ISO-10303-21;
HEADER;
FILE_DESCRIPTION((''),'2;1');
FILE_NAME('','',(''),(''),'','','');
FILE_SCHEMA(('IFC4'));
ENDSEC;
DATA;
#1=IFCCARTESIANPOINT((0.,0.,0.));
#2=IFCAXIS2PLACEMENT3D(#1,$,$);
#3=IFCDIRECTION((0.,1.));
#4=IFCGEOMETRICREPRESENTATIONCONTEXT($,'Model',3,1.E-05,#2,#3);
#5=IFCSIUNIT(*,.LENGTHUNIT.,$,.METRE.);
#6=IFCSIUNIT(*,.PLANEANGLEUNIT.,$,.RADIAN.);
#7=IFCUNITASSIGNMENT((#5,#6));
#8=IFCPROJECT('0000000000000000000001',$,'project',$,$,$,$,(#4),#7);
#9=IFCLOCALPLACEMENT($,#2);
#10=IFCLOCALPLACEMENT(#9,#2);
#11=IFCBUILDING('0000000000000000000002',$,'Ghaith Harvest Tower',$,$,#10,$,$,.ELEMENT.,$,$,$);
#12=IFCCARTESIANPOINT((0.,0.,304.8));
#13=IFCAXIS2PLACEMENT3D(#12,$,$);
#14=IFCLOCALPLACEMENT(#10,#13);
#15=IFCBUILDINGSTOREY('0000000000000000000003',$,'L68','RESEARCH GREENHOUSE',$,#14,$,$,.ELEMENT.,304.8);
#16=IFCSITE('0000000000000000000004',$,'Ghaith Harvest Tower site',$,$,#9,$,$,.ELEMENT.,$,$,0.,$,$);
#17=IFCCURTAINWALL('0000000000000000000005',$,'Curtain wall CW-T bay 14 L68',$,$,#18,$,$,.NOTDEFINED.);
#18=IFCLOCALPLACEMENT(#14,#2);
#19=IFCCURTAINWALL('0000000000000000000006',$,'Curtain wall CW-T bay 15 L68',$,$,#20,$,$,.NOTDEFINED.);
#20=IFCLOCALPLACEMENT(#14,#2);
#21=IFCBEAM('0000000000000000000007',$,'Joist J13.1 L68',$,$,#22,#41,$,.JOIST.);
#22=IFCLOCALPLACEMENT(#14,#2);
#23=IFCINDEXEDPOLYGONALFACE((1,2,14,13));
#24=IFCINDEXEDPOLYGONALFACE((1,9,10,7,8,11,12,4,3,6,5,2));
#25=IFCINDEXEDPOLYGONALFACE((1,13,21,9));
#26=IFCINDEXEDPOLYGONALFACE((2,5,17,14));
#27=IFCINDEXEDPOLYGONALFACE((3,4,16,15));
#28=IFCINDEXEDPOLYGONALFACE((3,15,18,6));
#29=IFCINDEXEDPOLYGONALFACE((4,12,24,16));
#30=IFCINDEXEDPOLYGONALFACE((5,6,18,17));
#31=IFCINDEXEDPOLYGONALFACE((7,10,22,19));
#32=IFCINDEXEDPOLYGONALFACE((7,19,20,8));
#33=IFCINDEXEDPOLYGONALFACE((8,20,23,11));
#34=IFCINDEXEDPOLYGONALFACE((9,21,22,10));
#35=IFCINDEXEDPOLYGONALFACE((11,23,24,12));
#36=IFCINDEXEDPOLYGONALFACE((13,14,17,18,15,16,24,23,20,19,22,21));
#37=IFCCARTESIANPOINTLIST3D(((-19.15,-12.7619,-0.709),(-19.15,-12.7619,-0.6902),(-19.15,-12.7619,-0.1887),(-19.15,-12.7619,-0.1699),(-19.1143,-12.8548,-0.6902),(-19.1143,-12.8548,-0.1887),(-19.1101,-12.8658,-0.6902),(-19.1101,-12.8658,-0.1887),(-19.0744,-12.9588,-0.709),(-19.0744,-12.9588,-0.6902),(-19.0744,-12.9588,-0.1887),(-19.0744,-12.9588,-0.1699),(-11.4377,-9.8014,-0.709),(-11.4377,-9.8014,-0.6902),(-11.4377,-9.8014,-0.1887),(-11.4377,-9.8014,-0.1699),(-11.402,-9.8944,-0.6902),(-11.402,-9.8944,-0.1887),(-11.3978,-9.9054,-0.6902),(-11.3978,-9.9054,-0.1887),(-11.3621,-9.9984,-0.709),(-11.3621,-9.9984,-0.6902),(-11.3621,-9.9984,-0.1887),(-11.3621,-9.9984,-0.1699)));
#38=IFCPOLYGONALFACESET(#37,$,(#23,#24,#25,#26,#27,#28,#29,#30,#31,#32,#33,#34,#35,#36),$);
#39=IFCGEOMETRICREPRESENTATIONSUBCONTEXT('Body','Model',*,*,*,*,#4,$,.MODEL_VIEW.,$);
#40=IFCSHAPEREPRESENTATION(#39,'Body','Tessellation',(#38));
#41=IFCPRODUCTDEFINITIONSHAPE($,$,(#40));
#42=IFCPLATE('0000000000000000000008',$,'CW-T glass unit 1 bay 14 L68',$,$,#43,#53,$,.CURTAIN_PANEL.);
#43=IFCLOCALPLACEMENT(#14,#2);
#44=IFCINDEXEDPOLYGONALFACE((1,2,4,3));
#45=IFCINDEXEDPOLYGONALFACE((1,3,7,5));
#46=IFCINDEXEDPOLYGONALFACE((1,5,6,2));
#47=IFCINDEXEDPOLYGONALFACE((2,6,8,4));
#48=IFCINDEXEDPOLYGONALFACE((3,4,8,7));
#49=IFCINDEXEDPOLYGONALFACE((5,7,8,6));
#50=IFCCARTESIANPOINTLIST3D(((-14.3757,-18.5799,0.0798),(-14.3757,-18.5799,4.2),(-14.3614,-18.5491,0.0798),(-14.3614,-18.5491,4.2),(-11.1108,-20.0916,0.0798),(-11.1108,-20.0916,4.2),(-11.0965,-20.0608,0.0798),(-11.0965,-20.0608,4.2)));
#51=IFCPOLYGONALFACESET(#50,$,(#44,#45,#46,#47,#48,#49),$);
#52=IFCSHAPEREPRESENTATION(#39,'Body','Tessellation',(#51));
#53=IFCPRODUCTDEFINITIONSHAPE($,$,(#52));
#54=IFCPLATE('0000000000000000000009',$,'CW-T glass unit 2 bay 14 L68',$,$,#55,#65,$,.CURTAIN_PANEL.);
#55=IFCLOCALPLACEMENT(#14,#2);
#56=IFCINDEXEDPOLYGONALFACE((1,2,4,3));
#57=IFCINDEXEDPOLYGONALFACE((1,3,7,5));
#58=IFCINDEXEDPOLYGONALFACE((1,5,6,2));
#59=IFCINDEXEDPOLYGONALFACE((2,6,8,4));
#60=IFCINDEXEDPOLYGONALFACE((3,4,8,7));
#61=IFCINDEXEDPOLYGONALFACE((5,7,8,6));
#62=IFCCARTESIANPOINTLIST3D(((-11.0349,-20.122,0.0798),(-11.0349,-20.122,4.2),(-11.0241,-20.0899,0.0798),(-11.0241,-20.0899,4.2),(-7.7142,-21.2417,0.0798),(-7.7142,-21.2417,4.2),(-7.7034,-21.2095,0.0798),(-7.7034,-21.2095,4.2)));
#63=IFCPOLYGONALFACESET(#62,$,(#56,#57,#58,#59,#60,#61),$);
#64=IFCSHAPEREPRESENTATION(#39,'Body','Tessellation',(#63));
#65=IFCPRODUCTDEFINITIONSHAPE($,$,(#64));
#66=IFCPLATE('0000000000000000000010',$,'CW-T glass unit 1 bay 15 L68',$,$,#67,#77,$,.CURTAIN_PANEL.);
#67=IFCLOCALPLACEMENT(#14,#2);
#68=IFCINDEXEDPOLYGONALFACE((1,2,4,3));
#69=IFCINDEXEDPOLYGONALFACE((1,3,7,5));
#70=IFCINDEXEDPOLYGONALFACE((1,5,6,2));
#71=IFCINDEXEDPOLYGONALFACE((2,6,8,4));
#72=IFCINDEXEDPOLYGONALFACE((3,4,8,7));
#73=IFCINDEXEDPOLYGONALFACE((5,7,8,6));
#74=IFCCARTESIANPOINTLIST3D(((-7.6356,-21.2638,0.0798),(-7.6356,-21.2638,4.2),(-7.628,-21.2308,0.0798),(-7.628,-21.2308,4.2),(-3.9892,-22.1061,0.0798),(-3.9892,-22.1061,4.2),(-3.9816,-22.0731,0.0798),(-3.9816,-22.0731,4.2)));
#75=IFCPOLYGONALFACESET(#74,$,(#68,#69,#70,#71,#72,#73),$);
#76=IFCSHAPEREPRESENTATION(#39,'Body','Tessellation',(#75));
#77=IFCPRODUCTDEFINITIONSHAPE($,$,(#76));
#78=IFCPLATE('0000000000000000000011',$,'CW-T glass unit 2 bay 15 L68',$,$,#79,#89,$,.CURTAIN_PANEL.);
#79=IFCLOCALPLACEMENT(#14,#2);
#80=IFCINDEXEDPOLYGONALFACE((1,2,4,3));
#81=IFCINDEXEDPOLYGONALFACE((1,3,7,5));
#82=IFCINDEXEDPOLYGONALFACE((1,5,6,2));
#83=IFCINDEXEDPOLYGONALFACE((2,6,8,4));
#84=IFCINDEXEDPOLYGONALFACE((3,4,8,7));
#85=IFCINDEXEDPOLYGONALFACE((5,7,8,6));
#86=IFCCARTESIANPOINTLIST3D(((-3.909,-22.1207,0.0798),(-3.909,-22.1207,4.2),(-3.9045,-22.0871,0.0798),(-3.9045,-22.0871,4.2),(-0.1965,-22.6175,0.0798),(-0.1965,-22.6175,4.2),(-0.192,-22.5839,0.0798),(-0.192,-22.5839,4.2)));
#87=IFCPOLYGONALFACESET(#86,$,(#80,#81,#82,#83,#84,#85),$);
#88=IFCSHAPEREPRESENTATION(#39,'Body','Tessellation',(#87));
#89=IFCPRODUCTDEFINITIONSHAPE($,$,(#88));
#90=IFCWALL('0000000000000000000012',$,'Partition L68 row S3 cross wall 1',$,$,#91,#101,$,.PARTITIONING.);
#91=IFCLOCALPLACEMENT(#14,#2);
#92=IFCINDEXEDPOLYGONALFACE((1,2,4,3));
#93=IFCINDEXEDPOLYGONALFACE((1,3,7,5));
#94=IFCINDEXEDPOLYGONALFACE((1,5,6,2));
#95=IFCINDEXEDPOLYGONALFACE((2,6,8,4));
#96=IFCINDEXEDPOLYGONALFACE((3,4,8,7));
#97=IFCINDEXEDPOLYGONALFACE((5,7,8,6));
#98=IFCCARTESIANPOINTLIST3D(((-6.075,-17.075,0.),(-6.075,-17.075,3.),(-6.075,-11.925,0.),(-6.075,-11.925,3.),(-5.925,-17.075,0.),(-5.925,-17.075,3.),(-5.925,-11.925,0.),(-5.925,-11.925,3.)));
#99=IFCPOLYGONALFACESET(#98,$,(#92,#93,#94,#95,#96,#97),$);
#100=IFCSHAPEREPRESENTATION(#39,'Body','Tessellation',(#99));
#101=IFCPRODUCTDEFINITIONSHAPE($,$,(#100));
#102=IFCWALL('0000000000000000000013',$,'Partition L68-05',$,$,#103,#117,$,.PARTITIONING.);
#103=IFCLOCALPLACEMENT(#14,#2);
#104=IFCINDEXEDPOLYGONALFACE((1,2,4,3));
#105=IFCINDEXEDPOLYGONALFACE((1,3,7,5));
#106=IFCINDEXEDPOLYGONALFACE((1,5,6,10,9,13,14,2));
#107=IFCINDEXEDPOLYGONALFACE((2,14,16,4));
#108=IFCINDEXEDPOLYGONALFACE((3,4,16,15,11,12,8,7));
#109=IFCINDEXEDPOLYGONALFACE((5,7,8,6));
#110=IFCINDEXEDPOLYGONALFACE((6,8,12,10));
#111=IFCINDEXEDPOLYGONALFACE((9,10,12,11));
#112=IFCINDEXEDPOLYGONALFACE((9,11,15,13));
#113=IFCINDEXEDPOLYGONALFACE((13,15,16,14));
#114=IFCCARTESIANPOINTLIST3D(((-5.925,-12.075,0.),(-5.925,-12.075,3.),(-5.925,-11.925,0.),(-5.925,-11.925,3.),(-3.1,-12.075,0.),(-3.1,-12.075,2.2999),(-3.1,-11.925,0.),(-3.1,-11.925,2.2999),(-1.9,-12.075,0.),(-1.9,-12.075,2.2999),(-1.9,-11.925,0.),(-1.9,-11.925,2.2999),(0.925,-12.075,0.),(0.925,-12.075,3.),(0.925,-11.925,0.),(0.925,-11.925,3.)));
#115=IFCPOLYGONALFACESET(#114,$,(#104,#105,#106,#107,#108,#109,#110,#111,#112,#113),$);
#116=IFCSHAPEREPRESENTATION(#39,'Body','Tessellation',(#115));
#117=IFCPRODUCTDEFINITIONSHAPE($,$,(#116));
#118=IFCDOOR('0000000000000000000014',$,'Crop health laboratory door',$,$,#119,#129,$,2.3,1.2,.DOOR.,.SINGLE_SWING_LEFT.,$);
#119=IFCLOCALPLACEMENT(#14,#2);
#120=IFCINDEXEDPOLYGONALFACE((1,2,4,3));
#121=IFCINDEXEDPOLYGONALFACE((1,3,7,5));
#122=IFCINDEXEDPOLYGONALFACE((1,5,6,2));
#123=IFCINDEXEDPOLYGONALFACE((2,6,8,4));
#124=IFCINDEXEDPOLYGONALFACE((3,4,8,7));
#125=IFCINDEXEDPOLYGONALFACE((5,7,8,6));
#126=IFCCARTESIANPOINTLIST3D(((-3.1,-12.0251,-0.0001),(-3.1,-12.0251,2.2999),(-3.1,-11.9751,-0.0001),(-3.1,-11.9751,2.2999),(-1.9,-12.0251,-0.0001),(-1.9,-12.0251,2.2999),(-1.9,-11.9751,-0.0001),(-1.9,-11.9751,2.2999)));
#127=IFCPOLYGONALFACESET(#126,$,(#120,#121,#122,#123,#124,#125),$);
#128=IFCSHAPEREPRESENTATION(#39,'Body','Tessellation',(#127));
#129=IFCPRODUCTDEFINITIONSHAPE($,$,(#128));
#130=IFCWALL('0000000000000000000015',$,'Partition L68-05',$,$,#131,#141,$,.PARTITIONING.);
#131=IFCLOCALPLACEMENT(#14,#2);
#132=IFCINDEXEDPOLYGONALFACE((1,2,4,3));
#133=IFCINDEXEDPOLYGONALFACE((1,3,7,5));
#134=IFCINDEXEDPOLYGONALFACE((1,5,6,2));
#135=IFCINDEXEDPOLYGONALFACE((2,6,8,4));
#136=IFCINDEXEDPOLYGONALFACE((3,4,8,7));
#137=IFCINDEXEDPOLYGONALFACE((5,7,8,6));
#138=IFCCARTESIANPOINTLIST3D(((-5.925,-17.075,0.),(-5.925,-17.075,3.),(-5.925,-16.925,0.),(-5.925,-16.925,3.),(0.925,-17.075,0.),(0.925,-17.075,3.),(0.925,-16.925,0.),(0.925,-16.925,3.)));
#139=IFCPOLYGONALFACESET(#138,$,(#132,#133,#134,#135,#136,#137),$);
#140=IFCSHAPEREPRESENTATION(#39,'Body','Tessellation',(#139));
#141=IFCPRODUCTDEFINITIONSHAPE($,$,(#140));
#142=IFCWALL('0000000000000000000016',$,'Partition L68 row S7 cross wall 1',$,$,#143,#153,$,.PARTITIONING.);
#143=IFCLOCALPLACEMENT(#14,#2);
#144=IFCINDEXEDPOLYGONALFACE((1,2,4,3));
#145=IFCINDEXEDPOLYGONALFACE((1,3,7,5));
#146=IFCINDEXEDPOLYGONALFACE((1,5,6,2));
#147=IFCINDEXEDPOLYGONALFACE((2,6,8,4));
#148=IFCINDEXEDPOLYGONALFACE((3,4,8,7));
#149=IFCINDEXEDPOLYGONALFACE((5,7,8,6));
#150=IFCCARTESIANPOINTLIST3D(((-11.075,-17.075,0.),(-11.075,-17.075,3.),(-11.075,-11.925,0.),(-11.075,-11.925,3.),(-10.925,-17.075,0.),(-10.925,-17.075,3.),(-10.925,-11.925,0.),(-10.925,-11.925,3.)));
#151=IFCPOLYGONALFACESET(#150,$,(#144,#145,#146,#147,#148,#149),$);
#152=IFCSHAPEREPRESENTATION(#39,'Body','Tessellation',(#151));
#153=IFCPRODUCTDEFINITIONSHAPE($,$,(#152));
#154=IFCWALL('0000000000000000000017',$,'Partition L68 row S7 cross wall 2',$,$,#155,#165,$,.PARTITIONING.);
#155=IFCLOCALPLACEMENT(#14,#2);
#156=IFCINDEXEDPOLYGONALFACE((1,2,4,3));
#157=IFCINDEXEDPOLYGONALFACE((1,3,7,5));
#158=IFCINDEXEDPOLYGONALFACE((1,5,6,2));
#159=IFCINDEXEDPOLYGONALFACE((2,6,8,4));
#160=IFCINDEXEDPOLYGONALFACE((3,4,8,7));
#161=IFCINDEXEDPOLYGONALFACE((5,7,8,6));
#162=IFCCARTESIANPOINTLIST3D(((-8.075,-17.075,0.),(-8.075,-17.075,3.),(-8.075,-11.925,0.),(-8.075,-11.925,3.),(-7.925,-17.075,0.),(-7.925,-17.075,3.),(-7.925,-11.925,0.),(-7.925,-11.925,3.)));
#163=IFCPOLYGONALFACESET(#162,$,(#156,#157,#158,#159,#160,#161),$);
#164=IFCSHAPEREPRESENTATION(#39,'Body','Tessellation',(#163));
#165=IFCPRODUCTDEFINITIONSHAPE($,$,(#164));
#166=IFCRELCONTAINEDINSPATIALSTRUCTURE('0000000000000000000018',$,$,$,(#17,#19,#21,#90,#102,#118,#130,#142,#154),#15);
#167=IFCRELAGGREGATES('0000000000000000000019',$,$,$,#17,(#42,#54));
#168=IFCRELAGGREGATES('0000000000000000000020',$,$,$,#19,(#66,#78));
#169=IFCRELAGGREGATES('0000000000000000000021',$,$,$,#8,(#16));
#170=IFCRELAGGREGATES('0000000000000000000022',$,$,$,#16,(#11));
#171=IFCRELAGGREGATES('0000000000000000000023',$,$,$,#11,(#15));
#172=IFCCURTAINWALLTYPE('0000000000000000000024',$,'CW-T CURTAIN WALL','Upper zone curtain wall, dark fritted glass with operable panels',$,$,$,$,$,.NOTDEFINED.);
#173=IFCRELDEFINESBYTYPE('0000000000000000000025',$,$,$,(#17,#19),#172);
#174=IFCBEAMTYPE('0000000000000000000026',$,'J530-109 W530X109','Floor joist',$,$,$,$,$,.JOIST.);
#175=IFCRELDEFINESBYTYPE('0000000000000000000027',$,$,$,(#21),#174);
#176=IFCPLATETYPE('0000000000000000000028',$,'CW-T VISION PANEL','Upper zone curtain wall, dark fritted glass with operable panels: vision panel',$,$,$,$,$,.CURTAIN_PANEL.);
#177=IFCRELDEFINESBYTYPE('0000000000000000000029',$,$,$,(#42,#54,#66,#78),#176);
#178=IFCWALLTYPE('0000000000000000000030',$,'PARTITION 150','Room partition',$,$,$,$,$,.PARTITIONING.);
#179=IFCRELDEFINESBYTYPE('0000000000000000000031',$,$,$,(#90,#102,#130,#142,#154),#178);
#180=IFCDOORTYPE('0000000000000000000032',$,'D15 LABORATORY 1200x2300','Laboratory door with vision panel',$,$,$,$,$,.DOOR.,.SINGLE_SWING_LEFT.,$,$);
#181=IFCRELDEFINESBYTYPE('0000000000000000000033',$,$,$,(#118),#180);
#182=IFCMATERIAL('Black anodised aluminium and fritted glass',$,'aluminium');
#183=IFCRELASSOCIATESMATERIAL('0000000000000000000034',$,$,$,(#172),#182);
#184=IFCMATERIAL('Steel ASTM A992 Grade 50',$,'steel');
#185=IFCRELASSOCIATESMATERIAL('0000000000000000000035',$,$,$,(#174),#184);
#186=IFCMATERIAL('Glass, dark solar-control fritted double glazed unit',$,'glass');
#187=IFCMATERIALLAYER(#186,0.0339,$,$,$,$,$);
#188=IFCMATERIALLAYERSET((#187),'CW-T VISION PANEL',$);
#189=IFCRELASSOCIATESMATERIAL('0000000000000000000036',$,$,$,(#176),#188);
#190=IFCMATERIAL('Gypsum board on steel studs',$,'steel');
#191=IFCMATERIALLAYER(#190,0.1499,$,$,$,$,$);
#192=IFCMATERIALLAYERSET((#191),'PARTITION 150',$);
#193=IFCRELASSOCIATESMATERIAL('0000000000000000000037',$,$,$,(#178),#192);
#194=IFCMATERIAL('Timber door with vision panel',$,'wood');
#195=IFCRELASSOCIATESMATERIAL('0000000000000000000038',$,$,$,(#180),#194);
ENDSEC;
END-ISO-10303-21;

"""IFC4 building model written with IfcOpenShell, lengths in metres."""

from ifc_helpers import new_model, si_unit, direction, frame, frame_2d, origin, origin_2d, place, context, subcontext, project, spatial, rectangle, i_section, extrude, material, layer, layer_set, material_profile, profile_set, type_object, element, fill, aggregate, save


model = new_model("IFC4")

# Units and contexts
model_context = context("Model", 3, precision=1e-05, world=origin(), true_north=direction((0.0, 1.0)))
body_context = subcontext(model_context, "Body", "Model", "MODEL_VIEW")
ifc_project = project(units=[si_unit("LENGTHUNIT", "METRE"), si_unit("PLANEANGLEUNIT", "RADIAN")], contexts=[model_context])

# Site, building, storey
site_placement = place(None, origin())
site = spatial("IfcSite", under=ifc_project, at=site_placement, Name="Ghaith Harvest Tower site", CompositionType="ELEMENT", RefElevation=0.0)
building_placement = place(site_placement, origin())
building = spatial("IfcBuilding", under=site, at=building_placement, Name="Ghaith Harvest Tower", CompositionType="ELEMENT")
storey_placement = place(building_placement, frame((0.0, 0.0, 304.8)))
storey = spatial("IfcBuildingStorey", under=building, at=storey_placement, Name="L68", Description="RESEARCH GREENHOUSE", CompositionType="ELEMENT", Elevation=304.8)

# Curtain wall
ifc_material_1 = material(Name="Black anodised aluminium and fritted glass", Category="aluminium")
curtain_wall_type = type_object("IfcCurtainWallType", Name="CW-T CURTAIN WALL", Description="Upper zone curtain wall, dark fritted glass with operable panels", PredefinedType="NOTDEFINED", material=ifc_material_1)
curtain_wall_1_placement = place(storey_placement, origin())
curtain_wall_1 = element("IfcCurtainWall", 1, at=curtain_wall_1_placement, inside=storey, type_object=curtain_wall_type, Name="Curtain wall CW-T bay 14 L68", PredefinedType="NOTDEFINED")

# Curtain wall
curtain_wall_2_placement = place(storey_placement, origin())
curtain_wall_2 = element("IfcCurtainWall", 2, at=curtain_wall_2_placement, inside=storey, type_object=curtain_wall_type, Name="Curtain wall CW-T bay 15 L68", PredefinedType="NOTDEFINED")

# Beam
ifc_material_2 = material(Name="Steel ASTM A992 Grade 50", Category="steel")
ifc_material_profile_1 = material_profile(ifc_material_2, i_section(OverallWidth=0.2109, OverallDepth=0.5391, WebThickness=0.0117, FlangeThickness=0.0188, at=origin_2d()), Name="W530X109")
ifc_profile_set_1 = profile_set([ifc_material_profile_1], Name="Steel ASTM A992 Grade 50")
beam_type_1 = type_object("IfcBeamType", Name="J530-109 W530X109", Description="Floor joist", PredefinedType="JOIST", material=ifc_profile_set_1)
beam_1_placement = place(storey_placement, frame((-11.3999, -9.8999, -0.4395), z_axis=(-0.933583, -0.358361, 0.0), x_axis=(0.358361, -0.933583, 0.0)))
element("IfcBeam", 3, at=beam_1_placement, inside=storey, type_object=beam_type_1, Name="Joist J13.1 L68", PredefinedType="JOIST", context=body_context, shape_type="SweptSolid", body=[
    extrude(i_section(OverallWidth=0.2109, OverallDepth=0.5391, WebThickness=0.0117, FlangeThickness=0.0188, at=origin_2d()), origin(), (0.0, 0.0, 1.0), 8.261),
])

# Plates
ifc_material_3 = material(Name="Glass, dark solar-control fritted double glazed unit", Category="glass")
ifc_layer_1 = layer(ifc_material_3, 0.0339)
ifc_layer_set_1 = layer_set([ifc_layer_1], Name="CW-T VISION PANEL")
plate_type = type_object("IfcPlateType", Name="CW-T VISION PANEL", Description="Upper zone curtain wall, dark fritted glass with operable panels: vision panel", PredefinedType="CURTAIN_PANEL", material=ifc_layer_set_1)
plate_1_placement = place(storey_placement, frame((-12.7361, -19.3203, 0.0798), z_axis=(0.0, 0.0, 1.0), x_axis=(0.90745, -0.42016, 0.0)))
plate_1 = element("IfcPlate", 4, at=plate_1_placement, type_object=plate_type, Name="CW-T glass unit 1 bay 14 L68", PredefinedType="CURTAIN_PANEL", context=body_context, shape_type="SweptSolid", body=[
    extrude(rectangle(XDim=3.5979, YDim=0.0339, at=origin_2d()), origin(), (0.0, 0.0, 1.0), 4.1201),
])
plate_2_placement = place(storey_placement, frame((-9.3691, -20.6658, 0.0798), z_axis=(0.0, 0.0, 1.0), x_axis=(0.947586, -0.3195, 0.0)))
plate_2 = element("IfcPlate", 5, at=plate_2_placement, type_object=plate_type, Name="CW-T glass unit 2 bay 14 L68", PredefinedType="CURTAIN_PANEL", context=body_context, shape_type="SweptSolid", body=[
    extrude(rectangle(XDim=3.5044, YDim=0.0339, at=origin_2d()), origin(), (0.0, 0.0, 1.0), 4.1201),
])
aggregate(curtain_wall_1, [plate_1, plate_2])
plate_3_placement = place(storey_placement, frame((-5.8086, -21.6685, 0.0798), z_axis=(0.0, 0.0, 1.0), x_axis=(0.974342, -0.225072, 0.0)))
plate_3 = element("IfcPlate", 6, at=plate_3_placement, type_object=plate_type, Name="CW-T glass unit 1 bay 15 L68", PredefinedType="CURTAIN_PANEL", context=body_context, shape_type="SweptSolid", body=[
    extrude(rectangle(XDim=3.7424, YDim=0.0339, at=origin_2d()), origin(), (0.0, 0.0, 1.0), 4.1201),
])
plate_4_placement = place(storey_placement, frame((-2.0505, -22.3523, 0.0798), z_axis=(0.0, 0.0, 1.0), x_axis=(0.991165, -0.132633, 0.0)))
plate_4 = element("IfcPlate", 7, at=plate_4_placement, type_object=plate_type, Name="CW-T glass unit 2 bay 15 L68", PredefinedType="CURTAIN_PANEL", context=body_context, shape_type="SweptSolid", body=[
    extrude(rectangle(XDim=3.7456, YDim=0.0339, at=origin_2d()), origin(), (0.0, 0.0, 1.0), 4.1201),
])
aggregate(curtain_wall_2, [plate_3, plate_4])

# Wall
ifc_material_4 = material(Name="Gypsum board on steel studs", Category="steel")
ifc_layer_2 = layer(ifc_material_4, 0.1499)
ifc_layer_set_2 = layer_set([ifc_layer_2], Name="PARTITION 150")
wall_type = type_object("IfcWallType", Name="PARTITION 150", Description="Room partition", PredefinedType="PARTITIONING", material=ifc_layer_set_2)
wall_1_placement = place(storey_placement, frame((-6.0, -11.925, 0.0), z_axis=(0.0, 0.0, 1.0), x_axis=(0.0, -1.0, 0.0)))
element("IfcWall", 8, at=wall_1_placement, inside=storey, type_object=wall_type, Name="Partition L68 row S3 cross wall 1", PredefinedType="PARTITIONING", context=body_context, shape_type="SweptSolid", body=[
    extrude(rectangle(XDim=5.1499, YDim=0.1499, at=frame_2d((2.575, 0.0))), origin(), (0.0, 0.0, 1.0), 3.0),
])

# Wall, opening, door
wall_2_placement = place(storey_placement, frame((-5.925, -12.0, 0.0), z_axis=(0.0, 0.0, 1.0), x_axis=(1.0, 0.0, 0.0)))
wall_2 = element("IfcWall", 9, at=wall_2_placement, inside=storey, type_object=wall_type, Name="Partition L68-05", PredefinedType="PARTITIONING", context=body_context, shape_type="SweptSolid", body=[
    extrude(rectangle(XDim=6.8501, YDim=0.1499, at=frame_2d((3.425, 0.0))), origin(), (0.0, 0.0, 1.0), 3.0),
])
opening_1_placement = place(wall_2_placement, frame((2.825, 0.0, 0.0)))
opening_1 = element("IfcOpeningElement", 10, at=opening_1_placement, cuts=wall_2, PredefinedType="OPENING", context=body_context, shape_type="SweptSolid", body=[
    extrude(rectangle(XDim=1.2, YDim=2.3, at=frame_2d((0.6001, 1.1499))), frame((0.0, 0.085, 0.0), z_axis=(0.0, -1.0, 0.0), x_axis=(1.0, 0.0, 0.0)), (0.0, 0.0, 1.0), 0.1699),
])
ifc_material_5 = material(Name="Timber door with vision panel", Category="wood")
door_type_1 = type_object("IfcDoorType", Name="D15 LABORATORY 1200x2300", Description="Laboratory door with vision panel", OperationType="SINGLE_SWING_LEFT", PredefinedType="DOOR", material=ifc_material_5)
door_1_placement = place(opening_1_placement, origin())
door_1 = element("IfcDoor", 11, at=door_1_placement, inside=storey, type_object=door_type_1, Name="Crop health laboratory door", OperationType="SINGLE_SWING_LEFT", OverallHeight=2.3, OverallWidth=1.2, PredefinedType="DOOR", context=body_context, shape_type="SweptSolid", body=[
    extrude(rectangle(XDim=1.2, YDim=2.3, at=frame_2d((0.6001, 1.1499))), frame((0.0, 0.0249, 0.0), z_axis=(0.0, -1.0, 0.0), x_axis=(1.0, 0.0, 0.0)), (0.0, 0.0, 1.0), 0.05),
])
fill(opening_1, door_1)

# Walls
wall_3_placement = place(storey_placement, frame((-5.925, -17.0, 0.0), z_axis=(0.0, 0.0, 1.0), x_axis=(1.0, 0.0, 0.0)))
element("IfcWall", 12, at=wall_3_placement, inside=storey, type_object=wall_type, Name="Partition L68-05", PredefinedType="PARTITIONING", context=body_context, shape_type="SweptSolid", body=[
    extrude(rectangle(XDim=6.8501, YDim=0.1499, at=frame_2d((3.425, 0.0))), origin(), (0.0, 0.0, 1.0), 3.0),
])
for number, where, z_axis, x_axis, name in (
    (13, (-11.0, -11.925, 0.0), (0.0, 0.0, 1.0), (0.0, -1.0, 0.0), "Partition L68 row S7 cross wall 1"),
    (14, (-8.0, -11.925, 0.0), (0.0, 0.0, 1.0), (0.0, -1.0, 0.0), "Partition L68 row S7 cross wall 2"),
):
    element("IfcWall", number, at=place(storey_placement, frame(where, z_axis=z_axis, x_axis=x_axis)), inside=storey, type_object=wall_type, Name=name, PredefinedType="PARTITIONING", context=body_context, shape_type="SweptSolid", body=[
        extrude(rectangle(XDim=5.1499, YDim=0.1499, at=frame_2d((2.575, 0.0))), origin(), (0.0, 0.0, 1.0), 3.0),
    ])

save(model, "model.ifc")
